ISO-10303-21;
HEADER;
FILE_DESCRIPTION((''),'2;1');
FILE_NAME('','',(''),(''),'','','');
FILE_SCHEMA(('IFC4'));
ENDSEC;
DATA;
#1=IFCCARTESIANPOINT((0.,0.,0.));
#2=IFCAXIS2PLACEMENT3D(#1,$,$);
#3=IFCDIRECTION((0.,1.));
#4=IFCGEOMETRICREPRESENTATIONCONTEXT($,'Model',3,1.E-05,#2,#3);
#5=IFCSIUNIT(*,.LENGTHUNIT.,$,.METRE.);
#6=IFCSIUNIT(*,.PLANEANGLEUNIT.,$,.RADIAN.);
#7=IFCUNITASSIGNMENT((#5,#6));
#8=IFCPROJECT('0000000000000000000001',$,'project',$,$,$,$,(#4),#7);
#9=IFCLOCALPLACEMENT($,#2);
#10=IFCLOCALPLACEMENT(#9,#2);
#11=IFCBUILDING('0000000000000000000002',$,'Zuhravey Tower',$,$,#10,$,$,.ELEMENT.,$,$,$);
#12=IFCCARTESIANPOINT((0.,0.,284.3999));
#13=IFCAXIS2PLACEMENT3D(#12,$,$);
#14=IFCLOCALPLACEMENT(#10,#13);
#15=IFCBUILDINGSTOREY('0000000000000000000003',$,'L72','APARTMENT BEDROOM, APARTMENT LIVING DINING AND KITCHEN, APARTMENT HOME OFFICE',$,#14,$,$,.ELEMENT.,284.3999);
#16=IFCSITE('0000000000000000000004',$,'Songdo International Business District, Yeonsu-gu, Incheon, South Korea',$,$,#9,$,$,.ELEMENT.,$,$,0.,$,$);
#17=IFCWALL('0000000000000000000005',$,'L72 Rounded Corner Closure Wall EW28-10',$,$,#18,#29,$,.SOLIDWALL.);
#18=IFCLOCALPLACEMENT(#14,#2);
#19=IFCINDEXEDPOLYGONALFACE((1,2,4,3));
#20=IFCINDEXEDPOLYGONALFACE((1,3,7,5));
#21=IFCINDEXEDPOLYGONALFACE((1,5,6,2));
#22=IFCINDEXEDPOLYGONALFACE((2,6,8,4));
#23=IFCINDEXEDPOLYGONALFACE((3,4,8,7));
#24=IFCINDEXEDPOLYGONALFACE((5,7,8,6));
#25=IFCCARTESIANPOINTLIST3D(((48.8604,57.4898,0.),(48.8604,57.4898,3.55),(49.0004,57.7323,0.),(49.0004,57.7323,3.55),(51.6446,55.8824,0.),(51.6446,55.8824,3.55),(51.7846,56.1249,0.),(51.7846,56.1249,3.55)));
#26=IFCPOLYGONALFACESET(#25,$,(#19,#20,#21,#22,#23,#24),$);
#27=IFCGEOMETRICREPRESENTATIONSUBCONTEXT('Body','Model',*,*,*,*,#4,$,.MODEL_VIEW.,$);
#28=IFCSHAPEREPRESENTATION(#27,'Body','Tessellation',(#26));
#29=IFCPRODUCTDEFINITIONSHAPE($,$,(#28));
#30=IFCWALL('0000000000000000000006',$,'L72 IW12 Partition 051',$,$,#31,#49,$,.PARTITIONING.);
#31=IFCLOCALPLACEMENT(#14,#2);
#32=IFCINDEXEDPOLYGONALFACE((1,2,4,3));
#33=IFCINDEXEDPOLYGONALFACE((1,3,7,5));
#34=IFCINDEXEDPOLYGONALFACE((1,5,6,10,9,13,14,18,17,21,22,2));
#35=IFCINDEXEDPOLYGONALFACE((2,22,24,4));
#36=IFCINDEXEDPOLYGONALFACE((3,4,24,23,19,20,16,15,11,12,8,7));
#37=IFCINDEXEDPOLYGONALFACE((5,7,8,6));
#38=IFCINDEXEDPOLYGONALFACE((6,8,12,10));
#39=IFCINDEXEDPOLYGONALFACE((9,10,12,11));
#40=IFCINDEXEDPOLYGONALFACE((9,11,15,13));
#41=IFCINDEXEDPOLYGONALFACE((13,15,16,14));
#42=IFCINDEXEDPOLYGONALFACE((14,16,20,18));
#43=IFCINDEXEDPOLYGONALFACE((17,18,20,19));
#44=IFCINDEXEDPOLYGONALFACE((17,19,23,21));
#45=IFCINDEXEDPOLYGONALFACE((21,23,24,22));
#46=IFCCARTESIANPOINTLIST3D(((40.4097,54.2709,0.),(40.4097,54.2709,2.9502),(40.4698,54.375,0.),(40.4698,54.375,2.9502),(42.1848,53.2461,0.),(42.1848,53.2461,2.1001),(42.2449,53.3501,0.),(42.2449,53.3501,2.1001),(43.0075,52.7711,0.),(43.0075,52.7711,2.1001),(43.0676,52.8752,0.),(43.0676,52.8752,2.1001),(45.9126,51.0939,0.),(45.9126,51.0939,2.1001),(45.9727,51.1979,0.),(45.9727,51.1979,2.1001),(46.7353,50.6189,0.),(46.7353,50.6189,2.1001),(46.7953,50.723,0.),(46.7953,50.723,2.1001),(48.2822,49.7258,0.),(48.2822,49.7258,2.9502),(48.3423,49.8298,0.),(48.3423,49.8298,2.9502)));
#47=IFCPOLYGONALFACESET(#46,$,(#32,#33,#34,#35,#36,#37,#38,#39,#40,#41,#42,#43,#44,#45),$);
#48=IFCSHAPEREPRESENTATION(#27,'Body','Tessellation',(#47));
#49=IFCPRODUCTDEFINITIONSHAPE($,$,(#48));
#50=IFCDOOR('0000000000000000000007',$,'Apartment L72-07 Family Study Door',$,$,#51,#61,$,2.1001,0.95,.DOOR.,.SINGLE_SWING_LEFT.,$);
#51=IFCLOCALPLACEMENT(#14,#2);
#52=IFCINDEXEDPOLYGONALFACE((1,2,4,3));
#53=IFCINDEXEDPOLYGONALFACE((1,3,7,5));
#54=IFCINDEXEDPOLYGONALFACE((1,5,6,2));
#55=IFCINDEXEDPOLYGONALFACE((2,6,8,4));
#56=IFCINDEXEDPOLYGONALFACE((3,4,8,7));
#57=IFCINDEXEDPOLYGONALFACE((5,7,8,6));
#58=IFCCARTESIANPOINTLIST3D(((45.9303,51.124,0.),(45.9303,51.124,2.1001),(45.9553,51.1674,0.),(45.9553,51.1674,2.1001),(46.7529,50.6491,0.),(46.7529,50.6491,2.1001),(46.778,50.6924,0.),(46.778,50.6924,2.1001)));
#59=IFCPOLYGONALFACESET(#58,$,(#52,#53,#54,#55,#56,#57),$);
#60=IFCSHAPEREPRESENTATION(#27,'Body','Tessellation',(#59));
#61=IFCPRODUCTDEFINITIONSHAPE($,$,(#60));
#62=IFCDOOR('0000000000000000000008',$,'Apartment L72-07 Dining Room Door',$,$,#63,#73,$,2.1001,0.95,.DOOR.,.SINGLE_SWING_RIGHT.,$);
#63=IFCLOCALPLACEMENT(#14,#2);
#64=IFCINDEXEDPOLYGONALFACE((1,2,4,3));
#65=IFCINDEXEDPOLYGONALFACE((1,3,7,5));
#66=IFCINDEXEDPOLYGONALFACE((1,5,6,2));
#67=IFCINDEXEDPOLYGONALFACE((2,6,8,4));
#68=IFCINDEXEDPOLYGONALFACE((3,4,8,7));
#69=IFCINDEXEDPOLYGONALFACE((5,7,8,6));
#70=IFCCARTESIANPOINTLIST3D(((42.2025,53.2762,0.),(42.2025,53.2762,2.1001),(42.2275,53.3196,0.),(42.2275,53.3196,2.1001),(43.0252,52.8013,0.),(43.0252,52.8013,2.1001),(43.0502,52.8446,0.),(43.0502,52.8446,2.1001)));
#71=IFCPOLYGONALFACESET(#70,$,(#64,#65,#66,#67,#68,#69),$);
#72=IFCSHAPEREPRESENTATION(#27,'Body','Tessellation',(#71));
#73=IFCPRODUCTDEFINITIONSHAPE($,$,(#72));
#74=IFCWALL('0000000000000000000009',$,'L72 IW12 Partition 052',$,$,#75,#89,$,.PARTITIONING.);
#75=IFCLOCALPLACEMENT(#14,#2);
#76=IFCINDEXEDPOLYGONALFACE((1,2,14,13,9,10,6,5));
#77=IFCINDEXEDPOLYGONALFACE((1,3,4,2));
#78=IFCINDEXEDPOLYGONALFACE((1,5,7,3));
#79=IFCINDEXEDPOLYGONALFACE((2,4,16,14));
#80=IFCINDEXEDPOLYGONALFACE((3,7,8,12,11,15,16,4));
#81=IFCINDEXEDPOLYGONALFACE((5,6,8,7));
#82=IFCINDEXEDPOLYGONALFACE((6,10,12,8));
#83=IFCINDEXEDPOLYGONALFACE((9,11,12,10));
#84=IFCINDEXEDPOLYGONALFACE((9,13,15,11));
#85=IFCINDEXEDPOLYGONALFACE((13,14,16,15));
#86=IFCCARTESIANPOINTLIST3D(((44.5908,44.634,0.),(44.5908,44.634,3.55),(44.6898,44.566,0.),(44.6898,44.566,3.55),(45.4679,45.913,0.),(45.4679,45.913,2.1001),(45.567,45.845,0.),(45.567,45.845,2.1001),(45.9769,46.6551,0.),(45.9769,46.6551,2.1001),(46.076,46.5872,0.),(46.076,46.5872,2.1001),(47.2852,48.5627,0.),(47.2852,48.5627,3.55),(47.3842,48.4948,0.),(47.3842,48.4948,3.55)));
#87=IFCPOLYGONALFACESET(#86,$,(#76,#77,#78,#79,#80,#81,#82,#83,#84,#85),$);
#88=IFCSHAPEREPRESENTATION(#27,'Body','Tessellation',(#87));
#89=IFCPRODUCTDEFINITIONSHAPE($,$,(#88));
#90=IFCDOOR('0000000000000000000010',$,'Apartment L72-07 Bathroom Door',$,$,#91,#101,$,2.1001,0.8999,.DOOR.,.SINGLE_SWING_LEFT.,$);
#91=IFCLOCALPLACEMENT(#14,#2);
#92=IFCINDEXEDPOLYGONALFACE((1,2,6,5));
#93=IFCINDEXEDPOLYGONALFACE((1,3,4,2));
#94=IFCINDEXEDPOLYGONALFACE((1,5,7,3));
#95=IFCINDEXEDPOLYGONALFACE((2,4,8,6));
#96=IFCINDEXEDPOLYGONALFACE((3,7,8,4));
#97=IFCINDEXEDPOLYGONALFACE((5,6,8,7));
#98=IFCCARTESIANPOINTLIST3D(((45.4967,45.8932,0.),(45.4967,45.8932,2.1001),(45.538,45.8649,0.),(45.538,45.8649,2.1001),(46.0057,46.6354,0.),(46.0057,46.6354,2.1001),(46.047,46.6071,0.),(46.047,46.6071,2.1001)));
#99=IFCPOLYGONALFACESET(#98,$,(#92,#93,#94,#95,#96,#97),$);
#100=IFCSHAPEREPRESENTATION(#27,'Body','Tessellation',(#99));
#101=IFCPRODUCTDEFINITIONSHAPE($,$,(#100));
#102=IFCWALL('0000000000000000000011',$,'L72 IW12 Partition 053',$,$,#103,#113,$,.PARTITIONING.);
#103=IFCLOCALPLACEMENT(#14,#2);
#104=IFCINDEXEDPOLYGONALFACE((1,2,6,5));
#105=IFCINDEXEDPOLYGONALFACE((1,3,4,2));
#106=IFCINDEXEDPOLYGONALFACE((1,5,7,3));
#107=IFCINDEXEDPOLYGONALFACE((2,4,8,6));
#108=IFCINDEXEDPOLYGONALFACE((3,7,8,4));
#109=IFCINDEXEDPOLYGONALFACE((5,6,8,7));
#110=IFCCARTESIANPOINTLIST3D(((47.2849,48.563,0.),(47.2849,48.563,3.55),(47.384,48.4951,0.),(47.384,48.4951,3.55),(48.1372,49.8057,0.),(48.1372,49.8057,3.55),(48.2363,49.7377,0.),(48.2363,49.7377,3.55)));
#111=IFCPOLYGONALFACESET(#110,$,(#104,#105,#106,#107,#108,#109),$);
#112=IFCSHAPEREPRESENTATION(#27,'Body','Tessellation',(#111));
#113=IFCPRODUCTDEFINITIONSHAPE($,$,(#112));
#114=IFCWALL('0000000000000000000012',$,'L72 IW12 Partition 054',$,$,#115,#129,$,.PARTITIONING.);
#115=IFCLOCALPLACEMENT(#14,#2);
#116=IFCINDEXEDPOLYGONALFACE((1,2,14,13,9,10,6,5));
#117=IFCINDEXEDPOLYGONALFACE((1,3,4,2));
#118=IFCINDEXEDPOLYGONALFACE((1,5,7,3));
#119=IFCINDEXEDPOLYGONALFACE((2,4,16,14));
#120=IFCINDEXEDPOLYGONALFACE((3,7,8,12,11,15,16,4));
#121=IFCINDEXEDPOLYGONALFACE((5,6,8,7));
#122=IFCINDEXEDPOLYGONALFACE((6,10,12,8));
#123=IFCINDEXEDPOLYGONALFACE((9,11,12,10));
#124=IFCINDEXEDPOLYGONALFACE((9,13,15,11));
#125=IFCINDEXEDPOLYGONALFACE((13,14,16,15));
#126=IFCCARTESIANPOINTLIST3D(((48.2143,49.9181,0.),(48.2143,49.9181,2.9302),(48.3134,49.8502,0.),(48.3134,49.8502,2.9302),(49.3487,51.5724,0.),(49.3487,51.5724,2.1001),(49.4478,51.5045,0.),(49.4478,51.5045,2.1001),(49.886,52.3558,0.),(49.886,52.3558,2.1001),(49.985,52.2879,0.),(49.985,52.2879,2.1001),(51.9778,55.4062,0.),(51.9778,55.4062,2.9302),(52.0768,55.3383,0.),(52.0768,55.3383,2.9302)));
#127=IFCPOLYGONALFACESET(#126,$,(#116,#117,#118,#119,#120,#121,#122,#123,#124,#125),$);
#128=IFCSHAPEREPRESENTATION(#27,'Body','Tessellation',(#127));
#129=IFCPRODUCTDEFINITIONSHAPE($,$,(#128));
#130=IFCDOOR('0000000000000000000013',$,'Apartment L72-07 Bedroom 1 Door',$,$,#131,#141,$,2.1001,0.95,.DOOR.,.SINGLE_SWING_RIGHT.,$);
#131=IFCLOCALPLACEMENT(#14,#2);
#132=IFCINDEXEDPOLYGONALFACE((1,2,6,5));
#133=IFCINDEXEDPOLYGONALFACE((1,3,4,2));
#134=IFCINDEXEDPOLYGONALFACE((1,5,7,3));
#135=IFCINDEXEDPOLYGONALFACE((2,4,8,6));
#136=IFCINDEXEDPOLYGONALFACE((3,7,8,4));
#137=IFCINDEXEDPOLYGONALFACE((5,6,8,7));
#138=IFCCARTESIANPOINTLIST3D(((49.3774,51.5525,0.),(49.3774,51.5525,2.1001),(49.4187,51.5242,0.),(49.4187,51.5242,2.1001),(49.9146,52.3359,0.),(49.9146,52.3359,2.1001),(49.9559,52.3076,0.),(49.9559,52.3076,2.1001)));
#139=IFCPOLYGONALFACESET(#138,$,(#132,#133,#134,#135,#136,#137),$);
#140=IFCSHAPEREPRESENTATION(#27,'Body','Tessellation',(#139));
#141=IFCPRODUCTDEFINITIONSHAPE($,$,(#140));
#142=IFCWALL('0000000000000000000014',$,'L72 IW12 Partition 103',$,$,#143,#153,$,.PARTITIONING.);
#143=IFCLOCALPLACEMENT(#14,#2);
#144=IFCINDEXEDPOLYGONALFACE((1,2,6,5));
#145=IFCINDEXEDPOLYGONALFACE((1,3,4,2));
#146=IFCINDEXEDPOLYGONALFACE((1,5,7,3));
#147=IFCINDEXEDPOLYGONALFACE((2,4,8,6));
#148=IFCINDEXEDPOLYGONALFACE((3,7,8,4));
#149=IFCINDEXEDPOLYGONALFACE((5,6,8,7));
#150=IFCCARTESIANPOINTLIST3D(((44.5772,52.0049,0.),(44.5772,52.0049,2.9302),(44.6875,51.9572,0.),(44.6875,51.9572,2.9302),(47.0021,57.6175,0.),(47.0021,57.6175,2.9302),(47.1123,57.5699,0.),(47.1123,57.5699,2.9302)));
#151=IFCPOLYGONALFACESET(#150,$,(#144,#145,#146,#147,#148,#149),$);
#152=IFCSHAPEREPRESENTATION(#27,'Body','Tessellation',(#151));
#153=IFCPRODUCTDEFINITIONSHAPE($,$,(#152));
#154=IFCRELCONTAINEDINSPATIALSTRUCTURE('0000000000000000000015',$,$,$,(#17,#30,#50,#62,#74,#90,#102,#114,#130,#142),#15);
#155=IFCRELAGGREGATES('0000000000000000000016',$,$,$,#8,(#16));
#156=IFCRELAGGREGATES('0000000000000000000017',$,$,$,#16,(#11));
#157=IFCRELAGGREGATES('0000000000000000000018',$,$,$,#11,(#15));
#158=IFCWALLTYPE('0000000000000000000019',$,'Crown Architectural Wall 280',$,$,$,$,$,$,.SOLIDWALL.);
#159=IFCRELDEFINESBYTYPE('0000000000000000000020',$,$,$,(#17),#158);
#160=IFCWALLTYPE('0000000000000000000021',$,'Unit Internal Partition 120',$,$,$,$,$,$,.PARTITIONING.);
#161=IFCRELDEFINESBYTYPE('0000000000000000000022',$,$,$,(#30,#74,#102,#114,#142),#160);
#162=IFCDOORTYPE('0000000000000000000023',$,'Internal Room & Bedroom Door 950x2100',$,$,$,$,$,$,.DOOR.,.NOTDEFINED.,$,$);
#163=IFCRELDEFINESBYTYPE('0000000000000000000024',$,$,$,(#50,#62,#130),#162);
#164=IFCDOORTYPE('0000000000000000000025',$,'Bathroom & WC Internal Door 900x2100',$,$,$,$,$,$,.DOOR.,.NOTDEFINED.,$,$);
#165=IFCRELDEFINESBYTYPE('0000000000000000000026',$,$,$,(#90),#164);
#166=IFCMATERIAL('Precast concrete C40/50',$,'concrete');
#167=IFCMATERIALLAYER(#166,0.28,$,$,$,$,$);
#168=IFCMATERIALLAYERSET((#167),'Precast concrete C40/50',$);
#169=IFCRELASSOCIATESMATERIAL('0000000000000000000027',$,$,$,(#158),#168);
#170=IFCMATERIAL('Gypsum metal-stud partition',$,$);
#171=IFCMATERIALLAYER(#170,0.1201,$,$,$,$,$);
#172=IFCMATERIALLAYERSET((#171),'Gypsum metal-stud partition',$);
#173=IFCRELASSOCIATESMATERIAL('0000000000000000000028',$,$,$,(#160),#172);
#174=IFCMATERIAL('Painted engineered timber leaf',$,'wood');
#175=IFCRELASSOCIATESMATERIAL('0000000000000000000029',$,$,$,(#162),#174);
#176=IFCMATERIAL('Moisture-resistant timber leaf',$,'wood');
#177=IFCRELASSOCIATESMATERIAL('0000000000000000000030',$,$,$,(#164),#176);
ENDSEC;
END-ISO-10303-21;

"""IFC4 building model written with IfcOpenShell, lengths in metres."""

from ifc_helpers import new_model, si_unit, direction, frame, frame_2d, origin, place, context, subcontext, project, spatial, rectangle, extrude, material, layer, layer_set, type_object, element, fill, save


model = new_model("IFC4")

# Units and contexts
model_context = context("Model", 3, precision=1e-05, world=origin(), true_north=direction((0.0, 1.0)))
body_context = subcontext(model_context, "Body", "Model", "MODEL_VIEW")
ifc_project = project(units=[si_unit("LENGTHUNIT", "METRE"), si_unit("PLANEANGLEUNIT", "RADIAN")], contexts=[model_context])

# Site, building, storey
site_placement = place(None, origin())
site = spatial("IfcSite", under=ifc_project, at=site_placement, Name="Songdo International Business District, Yeonsu-gu, Incheon, South Korea", CompositionType="ELEMENT", RefElevation=0.0)
building_placement = place(site_placement, origin())
building = spatial("IfcBuilding", under=site, at=building_placement, Name="Zuhravey Tower", CompositionType="ELEMENT")
storey_placement = place(building_placement, frame((0.0, 0.0, 284.3999)))
storey = spatial("IfcBuildingStorey", under=building, at=storey_placement, Name="L72", Description="APARTMENT BEDROOM, APARTMENT LIVING DINING AND KITCHEN, APARTMENT HOME OFFICE", CompositionType="ELEMENT", Elevation=284.3999)

# Wall
ifc_material_1 = material(Name="Precast concrete C40/50", Category="concrete")
ifc_layer_1 = layer(ifc_material_1, 0.28)
ifc_layer_set_1 = layer_set([ifc_layer_1], Name="Precast concrete C40/50")
wall_type_1 = type_object("IfcWallType", Name="Crown Architectural Wall 280", PredefinedType="SOLIDWALL", material=ifc_layer_set_1)
wall_1_placement = place(storey_placement, frame((48.9304, 57.6111, 0.0), z_axis=(0.0, 0.0, 1.0), x_axis=(0.866029, -0.499994, 0.0)))
element("IfcWall", 1, at=wall_1_placement, inside=storey, type_object=wall_type_1, Name="L72 Rounded Corner Closure Wall EW28-10", PredefinedType="SOLIDWALL", context=body_context, shape_type="SweptSolid", body=[
    extrude(rectangle(XDim=3.2148, YDim=0.28, at=frame_2d((1.6074, 0.0))), origin(), (0.0, 0.0, 1.0), 3.55),
])

# Wall, openings, doors
ifc_material_2 = material(Name="Gypsum metal-stud partition")
ifc_layer_2 = layer(ifc_material_2, 0.1201)
ifc_layer_set_2 = layer_set([ifc_layer_2], Name="Gypsum metal-stud partition")
wall_type_2 = type_object("IfcWallType", Name="Unit Internal Partition 120", PredefinedType="PARTITIONING", material=ifc_layer_set_2)
wall_2_placement = place(storey_placement, frame((48.3123, 49.7778, 0.0), z_axis=(0.0, 0.0, 1.0), x_axis=(-0.866028, 0.499995, 0.0)))
wall_2 = element("IfcWall", 2, at=wall_2_placement, inside=storey, type_object=wall_type_2, Name="L72 IW12 Partition 051", PredefinedType="PARTITIONING", context=body_context, shape_type="SweptSolid", body=[
    extrude(rectangle(XDim=9.0903, YDim=0.1201, at=frame_2d((4.5452, 0.0))), origin(), (0.0, 0.0, 1.0), 2.9502),
])
opening_1_placement = place(wall_2_placement, frame((1.7861, 0.0, 0.0)))
opening_1 = element("IfcOpeningElement", 3, at=opening_1_placement, cuts=wall_2, PredefinedType="OPENING", context=body_context, shape_type="SweptSolid", body=[
    extrude(rectangle(XDim=0.95, YDim=2.1001, at=frame_2d((0.4751, 1.05))), frame((0.0, 0.072, 0.0), z_axis=(0.0, -1.0, 0.0), x_axis=(1.0, 0.0, 0.0)), (0.0, 0.0, 1.0), 0.144),
])
opening_2_placement = place(wall_2_placement, frame((6.0906, 0.0, 0.0)))
opening_2 = element("IfcOpeningElement", 4, at=opening_2_placement, cuts=wall_2, PredefinedType="OPENING", context=body_context, shape_type="SweptSolid", body=[
    extrude(rectangle(XDim=0.95, YDim=2.1001, at=frame_2d((0.4751, 1.05))), frame((0.0, 0.072, 0.0), z_axis=(0.0, -1.0, 0.0), x_axis=(1.0, 0.0, 0.0)), (0.0, 0.0, 1.0), 0.144),
])
ifc_material_3 = material(Name="Painted engineered timber leaf", Category="wood")
door_type_1 = type_object("IfcDoorType", Name="Internal Room & Bedroom Door 950x2100", OperationType="NOTDEFINED", PredefinedType="DOOR", material=ifc_material_3)
door_1_placement = place(opening_1_placement, frame((0.95, 0.0, 0.0), z_axis=(0.0, 0.0, 1.0), x_axis=(-1.0, 0.0, 0.0)))
door_1 = element("IfcDoor", 5, at=door_1_placement, inside=storey, type_object=door_type_1, Name="Apartment L72-07 Family Study Door", OperationType="SINGLE_SWING_LEFT", OverallHeight=2.1001, OverallWidth=0.95, PredefinedType="DOOR", context=body_context, shape_type="SweptSolid", body=[
    extrude(rectangle(XDim=0.95, YDim=2.1001, at=frame_2d((0.4751, 1.05))), frame((0.0, 0.0249, 0.0), z_axis=(0.0, -1.0, 0.0), x_axis=(1.0, 0.0, 0.0)), (0.0, 0.0, 1.0), 0.05),
])
fill(opening_1, door_1)
door_2_placement = place(opening_2_placement, frame((0.95, 0.0, 0.0), z_axis=(0.0, 0.0, 1.0), x_axis=(-1.0, 0.0, 0.0)))
door_2 = element("IfcDoor", 6, at=door_2_placement, inside=storey, type_object=door_type_1, Name="Apartment L72-07 Dining Room Door", OperationType="SINGLE_SWING_RIGHT", OverallHeight=2.1001, OverallWidth=0.95, PredefinedType="DOOR", context=body_context, shape_type="SweptSolid", body=[
    extrude(rectangle(XDim=0.95, YDim=2.1001, at=frame_2d((0.4751, 1.05))), frame((0.0, 0.0249, 0.0), z_axis=(0.0, -1.0, 0.0), x_axis=(1.0, 0.0, 0.0)), (0.0, 0.0, 1.0), 0.05),
])
fill(opening_2, door_2)

# Wall, opening, door
wall_3_placement = place(storey_placement, frame((44.6404, 44.6001, 0.0), z_axis=(0.0, 0.0, 1.0), x_axis=(0.56558, 0.824693, 0.0)))
wall_3 = element("IfcWall", 7, at=wall_3_placement, inside=storey, type_object=wall_type_2, Name="L72 IW12 Partition 052", PredefinedType="PARTITIONING", context=body_context, shape_type="SweptSolid", body=[
    extrude(rectangle(XDim=4.7639, YDim=0.1201, at=frame_2d((2.3818, 0.0))), origin(), (0.0, 0.0, 1.0), 3.55),
])
opening_3_placement = place(wall_3_placement, frame((1.5508, 0.0, 0.0)))
opening_3 = element("IfcOpeningElement", 8, at=opening_3_placement, cuts=wall_3, PredefinedType="OPENING", context=body_context, shape_type="SweptSolid", body=[
    extrude(rectangle(XDim=0.8999, YDim=2.1001, at=frame_2d((0.45, 1.05))), frame((0.0, 0.072, 0.0), z_axis=(0.0, -1.0, 0.0), x_axis=(1.0, 0.0, 0.0)), (0.0, 0.0, 1.0), 0.144),
])
ifc_material_4 = material(Name="Moisture-resistant timber leaf", Category="wood")
door_type_2 = type_object("IfcDoorType", Name="Bathroom & WC Internal Door 900x2100", OperationType="NOTDEFINED", PredefinedType="DOOR", material=ifc_material_4)
door_3_placement = place(opening_3_placement, frame((0.8999, 0.0, 0.0), z_axis=(0.0, 0.0, 1.0), x_axis=(-1.0, 0.0, 0.0)))
door_3 = element("IfcDoor", 9, at=door_3_placement, inside=storey, type_object=door_type_2, Name="Apartment L72-07 Bathroom Door", OperationType="SINGLE_SWING_LEFT", OverallHeight=2.1001, OverallWidth=0.8999, PredefinedType="DOOR", context=body_context, shape_type="SweptSolid", body=[
    extrude(rectangle(XDim=0.8999, YDim=2.1001, at=frame_2d((0.45, 1.05))), frame((0.0, 0.0249, 0.0), z_axis=(0.0, -1.0, 0.0), x_axis=(1.0, 0.0, 0.0)), (0.0, 0.0, 1.0), 0.05),
])
fill(opening_3, door_3)

# Wall
wall_4_placement = place(storey_placement, frame((47.3345, 48.5291, 0.0), z_axis=(0.0, 0.0, 1.0), x_axis=(0.565607, 0.824675, 0.0)))
element("IfcWall", 10, at=wall_4_placement, inside=storey, type_object=wall_type_2, Name="L72 IW12 Partition 053", PredefinedType="PARTITIONING", context=body_context, shape_type="SweptSolid", body=[
    extrude(rectangle(XDim=1.5068, YDim=0.1201, at=frame_2d((0.7534, 0.0))), origin(), (0.0, 0.0, 1.0), 3.55),
])

# Wall, opening, door
wall_5_placement = place(storey_placement, frame((48.2639, 49.8843, 0.0), z_axis=(0.0, 0.0, 1.0), x_axis=(0.565549, 0.824715, 0.0)))
wall_5 = element("IfcWall", 11, at=wall_5_placement, inside=storey, type_object=wall_type_2, Name="L72 IW12 Partition 054", PredefinedType="PARTITIONING", context=body_context, shape_type="SweptSolid", body=[
    extrude(rectangle(XDim=6.6545, YDim=0.1201, at=frame_2d((3.3271, 0.0))), origin(), (0.0, 0.0, 1.0), 2.9302),
])
opening_4_placement = place(wall_5_placement, frame((2.0056, 0.0, 0.0)))
opening_4 = element("IfcOpeningElement", 12, at=opening_4_placement, cuts=wall_5, PredefinedType="OPENING", context=body_context, shape_type="SweptSolid", body=[
    extrude(rectangle(XDim=0.95, YDim=2.1001, at=frame_2d((0.4751, 1.05))), frame((0.0, 0.072, 0.0), z_axis=(0.0, -1.0, 0.0), x_axis=(1.0, 0.0, 0.0)), (0.0, 0.0, 1.0), 0.144),
])
door_4_placement = place(opening_4_placement, frame((0.95, 0.0, 0.0), z_axis=(0.0, 0.0, 1.0), x_axis=(-1.0, 0.0, 0.0)))
door_4 = element("IfcDoor", 13, at=door_4_placement, inside=storey, type_object=door_type_1, Name="Apartment L72-07 Bedroom 1 Door", OperationType="SINGLE_SWING_RIGHT", OverallHeight=2.1001, OverallWidth=0.95, PredefinedType="DOOR", context=body_context, shape_type="SweptSolid", body=[
    extrude(rectangle(XDim=0.95, YDim=2.1001, at=frame_2d((0.4751, 1.05))), frame((0.0, 0.0249, 0.0), z_axis=(0.0, -1.0, 0.0), x_axis=(1.0, 0.0, 0.0)), (0.0, 0.0, 1.0), 0.05),
])
fill(opening_4, door_4)

# Wall
wall_6_placement = place(storey_placement, frame((44.6323, 51.981, 0.0), z_axis=(0.0, 0.0, 1.0), x_axis=(0.396602, 0.917991, 0.0)))
element("IfcWall", 14, at=wall_6_placement, inside=storey, type_object=wall_type_2, Name="L72 IW12 Partition 103", PredefinedType="PARTITIONING", context=body_context, shape_type="SweptSolid", body=[
    extrude(rectangle(XDim=6.114, YDim=0.1201, at=frame_2d((3.0571, 0.0))), origin(), (0.0, 0.0, 1.0), 2.9302),
])

save(model, "model.ifc")
